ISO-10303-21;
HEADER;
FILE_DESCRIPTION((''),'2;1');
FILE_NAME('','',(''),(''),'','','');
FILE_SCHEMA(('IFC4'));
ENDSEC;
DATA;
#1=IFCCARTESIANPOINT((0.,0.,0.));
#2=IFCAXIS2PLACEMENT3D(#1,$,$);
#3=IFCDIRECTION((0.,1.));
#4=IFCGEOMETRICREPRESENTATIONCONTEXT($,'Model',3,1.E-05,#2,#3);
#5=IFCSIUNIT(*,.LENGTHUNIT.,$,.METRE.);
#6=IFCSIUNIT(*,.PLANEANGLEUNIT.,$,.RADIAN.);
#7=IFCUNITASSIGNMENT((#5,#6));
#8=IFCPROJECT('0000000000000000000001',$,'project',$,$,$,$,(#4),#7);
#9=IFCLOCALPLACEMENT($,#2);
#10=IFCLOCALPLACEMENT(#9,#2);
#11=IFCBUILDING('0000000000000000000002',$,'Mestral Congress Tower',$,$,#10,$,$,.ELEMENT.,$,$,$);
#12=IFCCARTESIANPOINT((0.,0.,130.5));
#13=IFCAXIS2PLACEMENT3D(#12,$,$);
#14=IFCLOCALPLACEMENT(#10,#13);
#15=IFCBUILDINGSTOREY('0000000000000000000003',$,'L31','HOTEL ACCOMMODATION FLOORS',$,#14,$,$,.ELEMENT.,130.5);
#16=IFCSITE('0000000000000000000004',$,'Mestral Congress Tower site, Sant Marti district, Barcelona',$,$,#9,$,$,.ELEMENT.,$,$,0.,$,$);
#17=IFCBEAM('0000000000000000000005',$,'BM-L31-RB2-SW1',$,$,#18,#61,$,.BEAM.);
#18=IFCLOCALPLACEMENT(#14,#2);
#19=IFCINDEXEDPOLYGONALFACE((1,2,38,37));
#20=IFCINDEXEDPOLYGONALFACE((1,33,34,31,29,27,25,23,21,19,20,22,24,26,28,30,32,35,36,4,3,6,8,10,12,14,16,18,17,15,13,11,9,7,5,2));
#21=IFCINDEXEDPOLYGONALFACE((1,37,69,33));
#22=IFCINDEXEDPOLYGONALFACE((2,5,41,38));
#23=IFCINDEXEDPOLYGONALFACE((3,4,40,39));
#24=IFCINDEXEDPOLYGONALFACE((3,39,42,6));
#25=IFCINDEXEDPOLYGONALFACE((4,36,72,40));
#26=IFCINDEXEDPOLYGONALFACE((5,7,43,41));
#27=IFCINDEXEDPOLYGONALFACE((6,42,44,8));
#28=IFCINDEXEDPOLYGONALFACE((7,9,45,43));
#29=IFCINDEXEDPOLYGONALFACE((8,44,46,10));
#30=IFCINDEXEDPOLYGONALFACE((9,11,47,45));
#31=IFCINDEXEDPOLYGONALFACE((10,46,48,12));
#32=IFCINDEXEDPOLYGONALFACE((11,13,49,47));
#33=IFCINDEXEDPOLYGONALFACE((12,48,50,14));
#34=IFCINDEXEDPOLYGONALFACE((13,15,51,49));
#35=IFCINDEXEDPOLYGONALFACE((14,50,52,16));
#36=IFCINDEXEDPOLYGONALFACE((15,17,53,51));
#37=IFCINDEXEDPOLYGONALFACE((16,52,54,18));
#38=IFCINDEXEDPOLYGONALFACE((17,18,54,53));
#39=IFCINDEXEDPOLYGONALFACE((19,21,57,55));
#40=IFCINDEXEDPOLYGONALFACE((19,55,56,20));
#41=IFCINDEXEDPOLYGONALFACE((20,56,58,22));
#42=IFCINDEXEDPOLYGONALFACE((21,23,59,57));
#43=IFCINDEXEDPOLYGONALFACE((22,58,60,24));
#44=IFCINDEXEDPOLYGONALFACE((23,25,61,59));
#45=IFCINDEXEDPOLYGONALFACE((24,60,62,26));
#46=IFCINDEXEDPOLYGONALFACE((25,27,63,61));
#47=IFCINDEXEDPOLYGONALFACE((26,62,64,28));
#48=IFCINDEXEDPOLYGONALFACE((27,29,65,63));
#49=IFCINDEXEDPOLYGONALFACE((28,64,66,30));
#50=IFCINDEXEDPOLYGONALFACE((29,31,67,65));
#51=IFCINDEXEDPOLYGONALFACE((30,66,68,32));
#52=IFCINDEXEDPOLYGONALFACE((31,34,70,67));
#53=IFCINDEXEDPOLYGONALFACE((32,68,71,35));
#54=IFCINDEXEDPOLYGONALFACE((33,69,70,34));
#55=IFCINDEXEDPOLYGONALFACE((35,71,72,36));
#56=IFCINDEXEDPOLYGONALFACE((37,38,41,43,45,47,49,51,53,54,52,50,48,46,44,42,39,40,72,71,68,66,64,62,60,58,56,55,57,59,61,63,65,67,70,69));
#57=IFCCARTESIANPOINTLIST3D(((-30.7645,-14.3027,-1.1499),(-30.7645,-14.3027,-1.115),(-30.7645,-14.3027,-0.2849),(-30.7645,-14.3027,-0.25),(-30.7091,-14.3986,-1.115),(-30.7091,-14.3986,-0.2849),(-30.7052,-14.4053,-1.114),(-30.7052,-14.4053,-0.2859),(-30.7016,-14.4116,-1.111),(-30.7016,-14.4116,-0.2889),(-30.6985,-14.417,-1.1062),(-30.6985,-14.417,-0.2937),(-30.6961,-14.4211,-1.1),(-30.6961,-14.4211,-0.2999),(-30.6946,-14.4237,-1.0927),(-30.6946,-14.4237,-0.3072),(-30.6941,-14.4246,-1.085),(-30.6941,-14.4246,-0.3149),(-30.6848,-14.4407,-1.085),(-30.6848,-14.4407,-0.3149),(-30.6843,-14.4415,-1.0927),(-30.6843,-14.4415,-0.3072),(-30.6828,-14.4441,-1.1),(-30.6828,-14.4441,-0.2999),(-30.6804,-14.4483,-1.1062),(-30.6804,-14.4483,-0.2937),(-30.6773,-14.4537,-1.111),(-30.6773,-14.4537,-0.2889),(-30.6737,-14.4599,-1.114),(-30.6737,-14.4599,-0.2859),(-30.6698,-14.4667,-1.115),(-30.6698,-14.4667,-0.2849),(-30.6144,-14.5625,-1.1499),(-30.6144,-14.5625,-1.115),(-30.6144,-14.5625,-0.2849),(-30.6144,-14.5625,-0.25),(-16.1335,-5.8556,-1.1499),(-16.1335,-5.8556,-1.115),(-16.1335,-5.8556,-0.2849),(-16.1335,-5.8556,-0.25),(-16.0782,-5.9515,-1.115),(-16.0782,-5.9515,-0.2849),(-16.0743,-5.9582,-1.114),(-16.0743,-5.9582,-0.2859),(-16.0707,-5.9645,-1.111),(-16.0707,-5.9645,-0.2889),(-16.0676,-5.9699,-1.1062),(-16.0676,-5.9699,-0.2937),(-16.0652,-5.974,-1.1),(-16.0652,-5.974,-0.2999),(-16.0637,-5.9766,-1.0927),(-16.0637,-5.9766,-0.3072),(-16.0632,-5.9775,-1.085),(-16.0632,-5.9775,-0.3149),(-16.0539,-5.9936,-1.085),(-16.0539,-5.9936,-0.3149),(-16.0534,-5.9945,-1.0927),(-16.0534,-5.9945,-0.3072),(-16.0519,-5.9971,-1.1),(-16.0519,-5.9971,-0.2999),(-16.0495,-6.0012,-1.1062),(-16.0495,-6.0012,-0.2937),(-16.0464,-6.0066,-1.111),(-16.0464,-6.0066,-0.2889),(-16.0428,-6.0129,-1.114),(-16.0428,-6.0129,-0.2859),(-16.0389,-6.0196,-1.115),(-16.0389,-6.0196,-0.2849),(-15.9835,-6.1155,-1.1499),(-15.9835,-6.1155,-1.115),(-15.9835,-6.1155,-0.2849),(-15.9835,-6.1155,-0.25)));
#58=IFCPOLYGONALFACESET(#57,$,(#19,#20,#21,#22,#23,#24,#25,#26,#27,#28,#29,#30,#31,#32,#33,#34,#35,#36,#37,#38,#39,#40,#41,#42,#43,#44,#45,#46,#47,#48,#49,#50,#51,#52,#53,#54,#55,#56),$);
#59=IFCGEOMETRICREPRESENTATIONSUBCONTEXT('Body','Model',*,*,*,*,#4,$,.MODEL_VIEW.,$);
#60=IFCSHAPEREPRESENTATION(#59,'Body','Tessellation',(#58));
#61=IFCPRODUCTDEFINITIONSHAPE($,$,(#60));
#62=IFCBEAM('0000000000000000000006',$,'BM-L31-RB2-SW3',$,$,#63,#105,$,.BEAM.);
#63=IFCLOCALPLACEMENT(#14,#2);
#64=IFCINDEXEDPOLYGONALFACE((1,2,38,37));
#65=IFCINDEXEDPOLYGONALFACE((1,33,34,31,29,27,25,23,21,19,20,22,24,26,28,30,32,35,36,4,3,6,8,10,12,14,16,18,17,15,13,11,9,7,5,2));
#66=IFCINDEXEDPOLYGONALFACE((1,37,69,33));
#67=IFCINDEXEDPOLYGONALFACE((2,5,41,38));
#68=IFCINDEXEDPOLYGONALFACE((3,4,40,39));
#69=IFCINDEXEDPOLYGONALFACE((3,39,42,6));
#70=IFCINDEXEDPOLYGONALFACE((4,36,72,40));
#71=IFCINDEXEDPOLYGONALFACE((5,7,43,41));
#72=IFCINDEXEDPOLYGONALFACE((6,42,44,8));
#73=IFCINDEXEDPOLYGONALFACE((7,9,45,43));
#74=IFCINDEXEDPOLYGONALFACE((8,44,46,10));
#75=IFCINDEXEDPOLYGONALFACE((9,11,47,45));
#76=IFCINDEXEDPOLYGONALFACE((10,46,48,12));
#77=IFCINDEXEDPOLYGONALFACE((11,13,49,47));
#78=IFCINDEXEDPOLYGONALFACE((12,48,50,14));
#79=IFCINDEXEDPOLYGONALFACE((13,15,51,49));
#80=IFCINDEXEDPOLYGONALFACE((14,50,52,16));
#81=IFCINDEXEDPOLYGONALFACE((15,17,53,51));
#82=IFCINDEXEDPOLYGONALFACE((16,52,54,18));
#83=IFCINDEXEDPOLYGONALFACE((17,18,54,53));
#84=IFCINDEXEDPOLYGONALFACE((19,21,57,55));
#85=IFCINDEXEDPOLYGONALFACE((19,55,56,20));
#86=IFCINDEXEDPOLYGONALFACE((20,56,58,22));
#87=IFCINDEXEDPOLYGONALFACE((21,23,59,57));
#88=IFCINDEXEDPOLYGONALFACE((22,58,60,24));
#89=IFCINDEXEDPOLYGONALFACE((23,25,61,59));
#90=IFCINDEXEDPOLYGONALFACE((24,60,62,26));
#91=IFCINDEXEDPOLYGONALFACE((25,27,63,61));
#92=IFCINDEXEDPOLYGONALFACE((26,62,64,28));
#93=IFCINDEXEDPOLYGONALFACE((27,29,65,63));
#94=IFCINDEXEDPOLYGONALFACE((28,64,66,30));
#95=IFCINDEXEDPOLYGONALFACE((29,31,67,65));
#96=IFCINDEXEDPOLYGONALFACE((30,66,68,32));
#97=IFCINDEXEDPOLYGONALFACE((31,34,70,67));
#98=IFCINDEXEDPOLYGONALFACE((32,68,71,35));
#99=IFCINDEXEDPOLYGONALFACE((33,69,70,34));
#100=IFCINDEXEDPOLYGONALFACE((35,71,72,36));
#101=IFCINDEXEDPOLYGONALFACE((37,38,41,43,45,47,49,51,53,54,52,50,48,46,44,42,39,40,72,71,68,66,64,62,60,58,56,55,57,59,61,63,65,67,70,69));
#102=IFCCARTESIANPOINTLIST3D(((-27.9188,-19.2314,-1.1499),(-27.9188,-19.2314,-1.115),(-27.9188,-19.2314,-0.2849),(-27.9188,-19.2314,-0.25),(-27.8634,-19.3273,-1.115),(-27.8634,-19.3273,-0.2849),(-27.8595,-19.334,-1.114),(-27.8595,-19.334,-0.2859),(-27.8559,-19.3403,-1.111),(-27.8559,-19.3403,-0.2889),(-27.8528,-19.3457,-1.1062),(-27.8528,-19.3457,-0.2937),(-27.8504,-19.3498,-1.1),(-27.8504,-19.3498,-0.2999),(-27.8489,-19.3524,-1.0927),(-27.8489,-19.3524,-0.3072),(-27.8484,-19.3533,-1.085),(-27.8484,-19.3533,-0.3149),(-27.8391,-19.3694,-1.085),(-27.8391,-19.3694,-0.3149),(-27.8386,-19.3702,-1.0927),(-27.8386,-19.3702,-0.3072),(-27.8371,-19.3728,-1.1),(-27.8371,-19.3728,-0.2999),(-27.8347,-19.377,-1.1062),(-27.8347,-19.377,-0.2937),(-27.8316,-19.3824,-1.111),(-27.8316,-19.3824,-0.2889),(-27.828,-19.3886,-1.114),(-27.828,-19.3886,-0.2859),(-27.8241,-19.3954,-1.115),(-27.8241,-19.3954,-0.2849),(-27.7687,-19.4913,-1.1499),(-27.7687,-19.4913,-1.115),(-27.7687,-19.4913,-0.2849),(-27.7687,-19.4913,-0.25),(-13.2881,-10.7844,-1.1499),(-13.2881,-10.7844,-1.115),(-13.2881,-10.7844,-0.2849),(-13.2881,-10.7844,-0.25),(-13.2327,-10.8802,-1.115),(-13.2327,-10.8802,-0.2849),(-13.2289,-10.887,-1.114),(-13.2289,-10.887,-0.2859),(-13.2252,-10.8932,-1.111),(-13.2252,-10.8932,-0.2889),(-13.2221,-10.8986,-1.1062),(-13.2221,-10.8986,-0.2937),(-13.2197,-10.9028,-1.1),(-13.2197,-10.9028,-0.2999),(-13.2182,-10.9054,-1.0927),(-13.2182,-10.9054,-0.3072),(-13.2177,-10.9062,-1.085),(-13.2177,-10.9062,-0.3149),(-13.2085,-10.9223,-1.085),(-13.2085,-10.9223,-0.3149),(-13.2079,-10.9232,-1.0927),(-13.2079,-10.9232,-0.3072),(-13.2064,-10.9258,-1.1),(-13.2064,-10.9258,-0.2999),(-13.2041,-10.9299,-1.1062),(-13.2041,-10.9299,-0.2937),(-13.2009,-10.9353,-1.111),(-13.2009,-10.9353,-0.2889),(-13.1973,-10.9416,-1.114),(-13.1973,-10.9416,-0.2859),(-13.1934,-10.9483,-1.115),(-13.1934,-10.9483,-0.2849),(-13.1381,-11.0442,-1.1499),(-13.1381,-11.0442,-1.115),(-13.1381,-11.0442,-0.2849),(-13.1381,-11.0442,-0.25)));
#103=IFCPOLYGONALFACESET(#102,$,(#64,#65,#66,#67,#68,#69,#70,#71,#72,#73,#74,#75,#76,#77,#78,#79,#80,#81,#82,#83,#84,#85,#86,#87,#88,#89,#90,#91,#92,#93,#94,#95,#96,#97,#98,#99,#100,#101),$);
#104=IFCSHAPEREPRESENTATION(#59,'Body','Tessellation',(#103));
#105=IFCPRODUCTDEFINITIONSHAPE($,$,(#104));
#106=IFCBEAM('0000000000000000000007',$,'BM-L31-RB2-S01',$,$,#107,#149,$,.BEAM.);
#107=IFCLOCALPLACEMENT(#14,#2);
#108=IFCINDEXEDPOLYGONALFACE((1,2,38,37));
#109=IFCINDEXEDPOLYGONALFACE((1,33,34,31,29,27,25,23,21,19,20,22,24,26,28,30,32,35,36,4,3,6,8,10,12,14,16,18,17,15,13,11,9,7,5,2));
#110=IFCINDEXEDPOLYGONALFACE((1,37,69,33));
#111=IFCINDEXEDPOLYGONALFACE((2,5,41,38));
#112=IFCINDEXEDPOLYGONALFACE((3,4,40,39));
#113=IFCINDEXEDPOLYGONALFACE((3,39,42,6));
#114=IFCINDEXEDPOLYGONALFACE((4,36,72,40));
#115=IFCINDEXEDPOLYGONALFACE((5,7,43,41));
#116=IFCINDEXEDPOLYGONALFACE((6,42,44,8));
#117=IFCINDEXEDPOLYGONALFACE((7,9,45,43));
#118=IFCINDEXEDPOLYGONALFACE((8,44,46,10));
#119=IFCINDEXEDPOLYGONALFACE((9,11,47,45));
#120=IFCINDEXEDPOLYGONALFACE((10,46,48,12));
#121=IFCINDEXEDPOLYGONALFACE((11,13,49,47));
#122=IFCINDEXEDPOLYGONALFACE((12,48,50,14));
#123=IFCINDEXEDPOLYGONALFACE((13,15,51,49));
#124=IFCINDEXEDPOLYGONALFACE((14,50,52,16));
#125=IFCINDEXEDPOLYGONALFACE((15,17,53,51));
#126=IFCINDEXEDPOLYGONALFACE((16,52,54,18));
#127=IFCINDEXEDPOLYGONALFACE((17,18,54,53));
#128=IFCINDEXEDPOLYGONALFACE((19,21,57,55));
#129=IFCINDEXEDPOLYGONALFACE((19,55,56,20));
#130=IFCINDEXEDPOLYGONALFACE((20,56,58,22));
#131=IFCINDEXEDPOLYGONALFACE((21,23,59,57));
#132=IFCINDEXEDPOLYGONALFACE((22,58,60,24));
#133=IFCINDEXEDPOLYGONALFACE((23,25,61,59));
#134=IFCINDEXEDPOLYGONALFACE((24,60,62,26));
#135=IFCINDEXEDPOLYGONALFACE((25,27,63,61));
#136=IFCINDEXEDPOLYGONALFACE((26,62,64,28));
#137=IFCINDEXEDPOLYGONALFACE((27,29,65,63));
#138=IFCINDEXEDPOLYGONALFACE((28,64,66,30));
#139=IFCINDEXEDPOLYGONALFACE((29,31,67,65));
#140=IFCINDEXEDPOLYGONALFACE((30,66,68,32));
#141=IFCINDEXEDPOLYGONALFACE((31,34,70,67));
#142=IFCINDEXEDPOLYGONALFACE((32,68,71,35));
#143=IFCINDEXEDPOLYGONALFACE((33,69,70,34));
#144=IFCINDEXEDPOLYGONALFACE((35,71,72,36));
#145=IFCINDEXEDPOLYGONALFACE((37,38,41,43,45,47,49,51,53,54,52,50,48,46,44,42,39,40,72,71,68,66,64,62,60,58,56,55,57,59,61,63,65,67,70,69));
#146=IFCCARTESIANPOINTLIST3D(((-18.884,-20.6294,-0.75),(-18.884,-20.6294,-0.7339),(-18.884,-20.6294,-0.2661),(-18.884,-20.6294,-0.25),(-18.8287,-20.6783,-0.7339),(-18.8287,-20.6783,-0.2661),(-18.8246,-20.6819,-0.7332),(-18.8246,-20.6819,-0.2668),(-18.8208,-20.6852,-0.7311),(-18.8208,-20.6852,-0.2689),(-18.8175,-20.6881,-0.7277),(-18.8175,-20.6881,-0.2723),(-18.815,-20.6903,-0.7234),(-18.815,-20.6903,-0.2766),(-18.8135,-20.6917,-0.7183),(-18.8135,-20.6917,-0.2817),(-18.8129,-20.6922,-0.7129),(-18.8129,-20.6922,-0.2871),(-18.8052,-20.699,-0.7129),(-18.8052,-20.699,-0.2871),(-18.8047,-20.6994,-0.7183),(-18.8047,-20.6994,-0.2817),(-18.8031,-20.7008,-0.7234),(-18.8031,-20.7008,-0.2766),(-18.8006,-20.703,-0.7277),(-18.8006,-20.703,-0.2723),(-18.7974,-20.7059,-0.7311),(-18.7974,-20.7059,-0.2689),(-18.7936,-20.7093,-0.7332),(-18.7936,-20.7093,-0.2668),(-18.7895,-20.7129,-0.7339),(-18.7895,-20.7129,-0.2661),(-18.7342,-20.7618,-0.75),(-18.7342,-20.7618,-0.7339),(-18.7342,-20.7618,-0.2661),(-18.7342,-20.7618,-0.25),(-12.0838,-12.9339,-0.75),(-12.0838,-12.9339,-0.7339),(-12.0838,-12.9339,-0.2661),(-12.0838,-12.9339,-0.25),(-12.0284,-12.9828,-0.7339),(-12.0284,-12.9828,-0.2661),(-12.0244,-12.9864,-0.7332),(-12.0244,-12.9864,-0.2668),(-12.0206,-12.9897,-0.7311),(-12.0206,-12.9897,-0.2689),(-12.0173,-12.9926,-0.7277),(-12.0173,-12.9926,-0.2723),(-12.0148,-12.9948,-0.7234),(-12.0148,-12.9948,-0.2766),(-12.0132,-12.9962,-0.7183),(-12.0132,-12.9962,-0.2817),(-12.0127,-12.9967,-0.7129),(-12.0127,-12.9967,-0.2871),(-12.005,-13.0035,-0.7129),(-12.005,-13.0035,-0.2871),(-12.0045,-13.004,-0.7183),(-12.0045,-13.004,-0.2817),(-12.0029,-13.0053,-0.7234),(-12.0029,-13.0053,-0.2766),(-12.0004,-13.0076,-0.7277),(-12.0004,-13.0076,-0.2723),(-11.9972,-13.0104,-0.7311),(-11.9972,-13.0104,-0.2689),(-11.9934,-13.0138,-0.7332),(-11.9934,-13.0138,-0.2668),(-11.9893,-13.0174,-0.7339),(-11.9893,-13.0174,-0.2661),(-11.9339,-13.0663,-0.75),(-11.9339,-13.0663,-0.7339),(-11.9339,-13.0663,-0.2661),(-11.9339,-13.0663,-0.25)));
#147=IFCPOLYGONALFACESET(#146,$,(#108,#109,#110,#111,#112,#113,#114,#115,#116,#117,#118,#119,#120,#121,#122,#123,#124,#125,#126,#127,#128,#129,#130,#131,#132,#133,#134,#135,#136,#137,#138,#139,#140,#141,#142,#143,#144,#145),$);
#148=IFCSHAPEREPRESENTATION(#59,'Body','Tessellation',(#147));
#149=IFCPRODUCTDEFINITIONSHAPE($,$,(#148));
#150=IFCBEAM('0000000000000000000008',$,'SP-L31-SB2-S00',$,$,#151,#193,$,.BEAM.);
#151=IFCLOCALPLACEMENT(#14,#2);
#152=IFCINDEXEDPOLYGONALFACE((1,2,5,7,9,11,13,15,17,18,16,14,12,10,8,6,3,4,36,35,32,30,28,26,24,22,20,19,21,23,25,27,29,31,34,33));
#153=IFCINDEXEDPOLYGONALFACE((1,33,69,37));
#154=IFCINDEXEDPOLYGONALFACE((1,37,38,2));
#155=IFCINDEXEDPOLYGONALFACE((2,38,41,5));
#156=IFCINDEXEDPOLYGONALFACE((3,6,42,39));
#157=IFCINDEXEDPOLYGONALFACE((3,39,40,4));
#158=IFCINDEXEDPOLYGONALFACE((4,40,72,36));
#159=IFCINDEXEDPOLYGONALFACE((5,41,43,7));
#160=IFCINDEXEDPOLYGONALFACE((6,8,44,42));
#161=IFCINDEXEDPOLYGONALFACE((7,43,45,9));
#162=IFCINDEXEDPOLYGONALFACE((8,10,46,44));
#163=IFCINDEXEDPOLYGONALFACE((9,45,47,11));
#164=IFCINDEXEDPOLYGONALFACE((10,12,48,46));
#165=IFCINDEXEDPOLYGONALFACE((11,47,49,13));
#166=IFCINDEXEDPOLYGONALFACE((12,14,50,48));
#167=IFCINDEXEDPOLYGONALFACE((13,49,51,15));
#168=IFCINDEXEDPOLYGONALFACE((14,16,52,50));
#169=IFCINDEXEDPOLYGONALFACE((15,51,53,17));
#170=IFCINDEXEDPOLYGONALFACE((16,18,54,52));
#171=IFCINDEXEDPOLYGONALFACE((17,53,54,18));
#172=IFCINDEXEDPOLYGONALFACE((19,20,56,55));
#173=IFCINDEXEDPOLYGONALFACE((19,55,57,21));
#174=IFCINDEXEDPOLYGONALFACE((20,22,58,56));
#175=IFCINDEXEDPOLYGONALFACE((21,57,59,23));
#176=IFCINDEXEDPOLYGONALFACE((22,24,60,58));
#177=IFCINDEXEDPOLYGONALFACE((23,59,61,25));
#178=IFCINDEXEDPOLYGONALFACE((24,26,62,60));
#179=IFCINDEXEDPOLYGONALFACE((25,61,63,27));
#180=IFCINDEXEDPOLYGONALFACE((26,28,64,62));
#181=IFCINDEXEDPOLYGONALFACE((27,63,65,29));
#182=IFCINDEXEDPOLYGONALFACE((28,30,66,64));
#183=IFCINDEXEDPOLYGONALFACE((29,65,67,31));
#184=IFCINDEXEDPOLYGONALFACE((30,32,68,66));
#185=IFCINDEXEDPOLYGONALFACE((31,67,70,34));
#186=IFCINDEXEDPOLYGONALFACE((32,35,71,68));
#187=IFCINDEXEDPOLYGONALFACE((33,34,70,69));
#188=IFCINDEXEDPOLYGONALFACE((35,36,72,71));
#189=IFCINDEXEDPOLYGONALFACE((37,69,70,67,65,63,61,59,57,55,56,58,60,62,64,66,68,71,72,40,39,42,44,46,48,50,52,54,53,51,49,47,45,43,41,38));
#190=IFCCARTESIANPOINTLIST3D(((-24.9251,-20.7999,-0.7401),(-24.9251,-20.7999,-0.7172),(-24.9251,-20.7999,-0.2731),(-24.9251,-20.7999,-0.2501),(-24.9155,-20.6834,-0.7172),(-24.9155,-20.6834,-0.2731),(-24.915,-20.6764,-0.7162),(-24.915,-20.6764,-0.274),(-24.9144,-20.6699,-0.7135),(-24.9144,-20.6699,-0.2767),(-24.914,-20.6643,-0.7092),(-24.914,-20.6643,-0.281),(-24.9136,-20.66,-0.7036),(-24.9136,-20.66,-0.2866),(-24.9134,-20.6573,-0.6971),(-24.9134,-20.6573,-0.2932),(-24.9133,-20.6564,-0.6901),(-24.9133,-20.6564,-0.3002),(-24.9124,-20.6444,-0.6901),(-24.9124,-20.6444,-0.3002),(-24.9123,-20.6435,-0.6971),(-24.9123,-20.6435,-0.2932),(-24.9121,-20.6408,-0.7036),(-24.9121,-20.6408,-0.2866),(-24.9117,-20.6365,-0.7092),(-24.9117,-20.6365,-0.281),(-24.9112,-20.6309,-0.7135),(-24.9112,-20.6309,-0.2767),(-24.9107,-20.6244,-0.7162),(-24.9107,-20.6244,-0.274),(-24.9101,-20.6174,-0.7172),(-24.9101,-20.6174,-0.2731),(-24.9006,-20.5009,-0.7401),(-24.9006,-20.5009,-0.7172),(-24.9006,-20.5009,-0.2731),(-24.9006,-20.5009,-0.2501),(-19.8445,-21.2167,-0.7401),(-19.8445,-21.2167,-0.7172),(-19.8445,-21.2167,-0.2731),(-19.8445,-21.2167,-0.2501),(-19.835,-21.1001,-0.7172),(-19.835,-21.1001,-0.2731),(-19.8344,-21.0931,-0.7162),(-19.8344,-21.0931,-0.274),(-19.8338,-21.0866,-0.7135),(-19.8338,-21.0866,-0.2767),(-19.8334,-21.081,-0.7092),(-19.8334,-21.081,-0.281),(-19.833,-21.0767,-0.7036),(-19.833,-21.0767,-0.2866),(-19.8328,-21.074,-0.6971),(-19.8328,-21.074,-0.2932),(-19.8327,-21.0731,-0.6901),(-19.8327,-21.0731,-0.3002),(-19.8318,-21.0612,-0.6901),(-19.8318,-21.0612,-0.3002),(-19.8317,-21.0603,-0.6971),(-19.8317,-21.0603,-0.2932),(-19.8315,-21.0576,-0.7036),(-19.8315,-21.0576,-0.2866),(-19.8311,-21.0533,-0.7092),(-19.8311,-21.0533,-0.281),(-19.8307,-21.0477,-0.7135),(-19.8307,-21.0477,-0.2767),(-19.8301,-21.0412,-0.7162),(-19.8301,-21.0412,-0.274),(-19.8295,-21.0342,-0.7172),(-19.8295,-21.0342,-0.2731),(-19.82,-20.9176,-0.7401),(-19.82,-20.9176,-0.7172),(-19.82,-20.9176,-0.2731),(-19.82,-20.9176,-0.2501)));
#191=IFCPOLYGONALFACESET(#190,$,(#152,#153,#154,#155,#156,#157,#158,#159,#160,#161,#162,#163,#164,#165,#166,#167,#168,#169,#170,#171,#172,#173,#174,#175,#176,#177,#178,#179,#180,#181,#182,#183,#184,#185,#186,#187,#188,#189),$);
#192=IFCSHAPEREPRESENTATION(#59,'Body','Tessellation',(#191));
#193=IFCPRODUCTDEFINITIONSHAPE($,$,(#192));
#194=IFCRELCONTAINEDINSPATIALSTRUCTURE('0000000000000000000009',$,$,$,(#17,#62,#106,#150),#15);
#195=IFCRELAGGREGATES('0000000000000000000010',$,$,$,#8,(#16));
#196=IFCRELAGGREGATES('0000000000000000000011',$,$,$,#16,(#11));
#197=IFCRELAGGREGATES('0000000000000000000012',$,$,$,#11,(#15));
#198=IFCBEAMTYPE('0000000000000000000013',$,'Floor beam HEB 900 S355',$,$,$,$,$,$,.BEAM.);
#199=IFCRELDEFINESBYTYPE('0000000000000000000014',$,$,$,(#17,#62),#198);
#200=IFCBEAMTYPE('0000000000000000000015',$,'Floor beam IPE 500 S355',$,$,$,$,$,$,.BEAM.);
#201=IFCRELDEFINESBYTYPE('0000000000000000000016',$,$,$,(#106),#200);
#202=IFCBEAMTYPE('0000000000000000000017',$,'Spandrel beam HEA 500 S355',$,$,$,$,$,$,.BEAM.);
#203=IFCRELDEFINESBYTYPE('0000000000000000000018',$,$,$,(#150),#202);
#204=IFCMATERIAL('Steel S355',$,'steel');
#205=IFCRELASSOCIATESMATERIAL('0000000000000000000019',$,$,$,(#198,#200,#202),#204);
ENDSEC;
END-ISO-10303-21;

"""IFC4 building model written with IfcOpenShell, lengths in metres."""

from ifc_helpers import new_model, si_unit, direction, frame, origin, origin_2d, place, context, subcontext, project, spatial, i_section, extrude, material, material_profile, profile_set, type_object, element, save


model = new_model("IFC4")

# Units and contexts
model_context = context("Model", 3, precision=1e-05, world=origin(), true_north=direction((0.0, 1.0)))
body_context = subcontext(model_context, "Body", "Model", "MODEL_VIEW")
ifc_project = project(units=[si_unit("LENGTHUNIT", "METRE"), si_unit("PLANEANGLEUNIT", "RADIAN")], contexts=[model_context])

# Site, building, storey
site_placement = place(None, origin())
site = spatial("IfcSite", under=ifc_project, at=site_placement, Name="Mestral Congress Tower site, Sant Marti district, Barcelona", CompositionType="ELEMENT", RefElevation=0.0)
building_placement = place(site_placement, origin())
building = spatial("IfcBuilding", under=site, at=building_placement, Name="Mestral Congress Tower", CompositionType="ELEMENT")
storey_placement = place(building_placement, frame((0.0, 0.0, 130.5)))
storey = spatial("IfcBuildingStorey", under=building, at=storey_placement, Name="L31", Description="HOTEL ACCOMMODATION FLOORS", CompositionType="ELEMENT", Elevation=130.5)

# Beams
ifc_material_1 = material(Name="Steel S355", Category="steel")
ifc_material_profile_1 = material_profile(ifc_material_1, i_section(OverallWidth=0.3, OverallDepth=0.8999, WebThickness=0.0186, FlangeThickness=0.0349, FilletRadius=0.03, at=origin_2d()), Name="HEB 900")
ifc_profile_set_1 = profile_set([ifc_material_profile_1], Name="Steel S355")
beam_type_1 = type_object("IfcBeamType", Name="Floor beam HEB 900 S355", PredefinedType="BEAM", material=ifc_profile_set_1)
beam_1_placement = place(storey_placement, frame((-30.6895, -14.4326, -0.7), z_axis=(0.866028, 0.499995, 0.0), x_axis=(-0.499995, 0.866028, 0.0)))
element("IfcBeam", 1, at=beam_1_placement, inside=storey, type_object=beam_type_1, Name="BM-L31-RB2-SW1", PredefinedType="BEAM", context=body_context, shape_type="SweptSolid", body=[
    extrude(i_section(OverallWidth=0.3, OverallDepth=0.8999, WebThickness=0.0186, FlangeThickness=0.0349, FilletRadius=0.03, at=origin_2d()), origin(), (0.0, 0.0, 1.0), 16.8943),
])
beam_2_placement = place(storey_placement, frame((-27.8438, -19.3613, -0.7), z_axis=(0.866025, 0.500001, 0.0), x_axis=(-0.500001, 0.866025, 0.0)))
element("IfcBeam", 2, at=beam_2_placement, inside=storey, type_object=beam_type_1, Name="BM-L31-RB2-SW3", PredefinedType="BEAM", context=body_context, shape_type="SweptSolid", body=[
    extrude(i_section(OverallWidth=0.3, OverallDepth=0.8999, WebThickness=0.0186, FlangeThickness=0.0349, FilletRadius=0.03, at=origin_2d()), origin(), (0.0, 0.0, 1.0), 16.894),
])
ifc_material_profile_2 = material_profile(ifc_material_1, i_section(OverallWidth=0.2, OverallDepth=0.5, WebThickness=0.0103, FlangeThickness=0.0161, FilletRadius=0.021, at=origin_2d()), Name="IPE 500")
ifc_profile_set_2 = profile_set([ifc_material_profile_2], Name="Steel S355")
beam_type_2 = type_object("IfcBeamType", Name="Floor beam IPE 500 S355", PredefinedType="BEAM", material=ifc_profile_set_2)
beam_3_placement = place(storey_placement, frame((-18.8091, -20.6956, -0.5), z_axis=(0.662174, 0.74935, 0.0), x_axis=(-0.74935, 0.662174, 0.0)))
element("IfcBeam", 3, at=beam_3_placement, inside=storey, type_object=beam_type_2, Name="BM-L31-RB2-S01", PredefinedType="BEAM", context=body_context, shape_type="SweptSolid", body=[
    extrude(i_section(OverallWidth=0.2, OverallDepth=0.5, WebThickness=0.0103, FlangeThickness=0.0161, FilletRadius=0.021, at=origin_2d()), origin(), (0.0, 0.0, 1.0), 10.2695),
])
ifc_material_profile_3 = material_profile(ifc_material_1, i_section(OverallWidth=0.3, OverallDepth=0.49, WebThickness=0.012, FlangeThickness=0.0229, FilletRadius=0.0271, at=origin_2d()), Name="HEA 500")
ifc_profile_set_3 = profile_set([ifc_material_profile_3], Name="Steel S355")
beam_type_3 = type_object("IfcBeamType", Name="Spandrel beam HEA 500 S355", PredefinedType="BEAM", material=ifc_profile_set_3)
beam_4_placement = place(storey_placement, frame((-24.9128, -20.6504, -0.4951), z_axis=(0.996653, -0.081753, 0.0), x_axis=(0.081753, 0.996653, 0.0)))
element("IfcBeam", 4, at=beam_4_placement, inside=storey, type_object=beam_type_3, Name="SP-L31-SB2-S00", PredefinedType="BEAM", context=body_context, shape_type="SweptSolid", body=[
    extrude(i_section(OverallWidth=0.3, OverallDepth=0.49, WebThickness=0.012, FlangeThickness=0.0229, FilletRadius=0.0271, at=origin_2d()), origin(), (0.0, 0.0, 1.0), 5.0977),
])

save(model, "model.ifc")
